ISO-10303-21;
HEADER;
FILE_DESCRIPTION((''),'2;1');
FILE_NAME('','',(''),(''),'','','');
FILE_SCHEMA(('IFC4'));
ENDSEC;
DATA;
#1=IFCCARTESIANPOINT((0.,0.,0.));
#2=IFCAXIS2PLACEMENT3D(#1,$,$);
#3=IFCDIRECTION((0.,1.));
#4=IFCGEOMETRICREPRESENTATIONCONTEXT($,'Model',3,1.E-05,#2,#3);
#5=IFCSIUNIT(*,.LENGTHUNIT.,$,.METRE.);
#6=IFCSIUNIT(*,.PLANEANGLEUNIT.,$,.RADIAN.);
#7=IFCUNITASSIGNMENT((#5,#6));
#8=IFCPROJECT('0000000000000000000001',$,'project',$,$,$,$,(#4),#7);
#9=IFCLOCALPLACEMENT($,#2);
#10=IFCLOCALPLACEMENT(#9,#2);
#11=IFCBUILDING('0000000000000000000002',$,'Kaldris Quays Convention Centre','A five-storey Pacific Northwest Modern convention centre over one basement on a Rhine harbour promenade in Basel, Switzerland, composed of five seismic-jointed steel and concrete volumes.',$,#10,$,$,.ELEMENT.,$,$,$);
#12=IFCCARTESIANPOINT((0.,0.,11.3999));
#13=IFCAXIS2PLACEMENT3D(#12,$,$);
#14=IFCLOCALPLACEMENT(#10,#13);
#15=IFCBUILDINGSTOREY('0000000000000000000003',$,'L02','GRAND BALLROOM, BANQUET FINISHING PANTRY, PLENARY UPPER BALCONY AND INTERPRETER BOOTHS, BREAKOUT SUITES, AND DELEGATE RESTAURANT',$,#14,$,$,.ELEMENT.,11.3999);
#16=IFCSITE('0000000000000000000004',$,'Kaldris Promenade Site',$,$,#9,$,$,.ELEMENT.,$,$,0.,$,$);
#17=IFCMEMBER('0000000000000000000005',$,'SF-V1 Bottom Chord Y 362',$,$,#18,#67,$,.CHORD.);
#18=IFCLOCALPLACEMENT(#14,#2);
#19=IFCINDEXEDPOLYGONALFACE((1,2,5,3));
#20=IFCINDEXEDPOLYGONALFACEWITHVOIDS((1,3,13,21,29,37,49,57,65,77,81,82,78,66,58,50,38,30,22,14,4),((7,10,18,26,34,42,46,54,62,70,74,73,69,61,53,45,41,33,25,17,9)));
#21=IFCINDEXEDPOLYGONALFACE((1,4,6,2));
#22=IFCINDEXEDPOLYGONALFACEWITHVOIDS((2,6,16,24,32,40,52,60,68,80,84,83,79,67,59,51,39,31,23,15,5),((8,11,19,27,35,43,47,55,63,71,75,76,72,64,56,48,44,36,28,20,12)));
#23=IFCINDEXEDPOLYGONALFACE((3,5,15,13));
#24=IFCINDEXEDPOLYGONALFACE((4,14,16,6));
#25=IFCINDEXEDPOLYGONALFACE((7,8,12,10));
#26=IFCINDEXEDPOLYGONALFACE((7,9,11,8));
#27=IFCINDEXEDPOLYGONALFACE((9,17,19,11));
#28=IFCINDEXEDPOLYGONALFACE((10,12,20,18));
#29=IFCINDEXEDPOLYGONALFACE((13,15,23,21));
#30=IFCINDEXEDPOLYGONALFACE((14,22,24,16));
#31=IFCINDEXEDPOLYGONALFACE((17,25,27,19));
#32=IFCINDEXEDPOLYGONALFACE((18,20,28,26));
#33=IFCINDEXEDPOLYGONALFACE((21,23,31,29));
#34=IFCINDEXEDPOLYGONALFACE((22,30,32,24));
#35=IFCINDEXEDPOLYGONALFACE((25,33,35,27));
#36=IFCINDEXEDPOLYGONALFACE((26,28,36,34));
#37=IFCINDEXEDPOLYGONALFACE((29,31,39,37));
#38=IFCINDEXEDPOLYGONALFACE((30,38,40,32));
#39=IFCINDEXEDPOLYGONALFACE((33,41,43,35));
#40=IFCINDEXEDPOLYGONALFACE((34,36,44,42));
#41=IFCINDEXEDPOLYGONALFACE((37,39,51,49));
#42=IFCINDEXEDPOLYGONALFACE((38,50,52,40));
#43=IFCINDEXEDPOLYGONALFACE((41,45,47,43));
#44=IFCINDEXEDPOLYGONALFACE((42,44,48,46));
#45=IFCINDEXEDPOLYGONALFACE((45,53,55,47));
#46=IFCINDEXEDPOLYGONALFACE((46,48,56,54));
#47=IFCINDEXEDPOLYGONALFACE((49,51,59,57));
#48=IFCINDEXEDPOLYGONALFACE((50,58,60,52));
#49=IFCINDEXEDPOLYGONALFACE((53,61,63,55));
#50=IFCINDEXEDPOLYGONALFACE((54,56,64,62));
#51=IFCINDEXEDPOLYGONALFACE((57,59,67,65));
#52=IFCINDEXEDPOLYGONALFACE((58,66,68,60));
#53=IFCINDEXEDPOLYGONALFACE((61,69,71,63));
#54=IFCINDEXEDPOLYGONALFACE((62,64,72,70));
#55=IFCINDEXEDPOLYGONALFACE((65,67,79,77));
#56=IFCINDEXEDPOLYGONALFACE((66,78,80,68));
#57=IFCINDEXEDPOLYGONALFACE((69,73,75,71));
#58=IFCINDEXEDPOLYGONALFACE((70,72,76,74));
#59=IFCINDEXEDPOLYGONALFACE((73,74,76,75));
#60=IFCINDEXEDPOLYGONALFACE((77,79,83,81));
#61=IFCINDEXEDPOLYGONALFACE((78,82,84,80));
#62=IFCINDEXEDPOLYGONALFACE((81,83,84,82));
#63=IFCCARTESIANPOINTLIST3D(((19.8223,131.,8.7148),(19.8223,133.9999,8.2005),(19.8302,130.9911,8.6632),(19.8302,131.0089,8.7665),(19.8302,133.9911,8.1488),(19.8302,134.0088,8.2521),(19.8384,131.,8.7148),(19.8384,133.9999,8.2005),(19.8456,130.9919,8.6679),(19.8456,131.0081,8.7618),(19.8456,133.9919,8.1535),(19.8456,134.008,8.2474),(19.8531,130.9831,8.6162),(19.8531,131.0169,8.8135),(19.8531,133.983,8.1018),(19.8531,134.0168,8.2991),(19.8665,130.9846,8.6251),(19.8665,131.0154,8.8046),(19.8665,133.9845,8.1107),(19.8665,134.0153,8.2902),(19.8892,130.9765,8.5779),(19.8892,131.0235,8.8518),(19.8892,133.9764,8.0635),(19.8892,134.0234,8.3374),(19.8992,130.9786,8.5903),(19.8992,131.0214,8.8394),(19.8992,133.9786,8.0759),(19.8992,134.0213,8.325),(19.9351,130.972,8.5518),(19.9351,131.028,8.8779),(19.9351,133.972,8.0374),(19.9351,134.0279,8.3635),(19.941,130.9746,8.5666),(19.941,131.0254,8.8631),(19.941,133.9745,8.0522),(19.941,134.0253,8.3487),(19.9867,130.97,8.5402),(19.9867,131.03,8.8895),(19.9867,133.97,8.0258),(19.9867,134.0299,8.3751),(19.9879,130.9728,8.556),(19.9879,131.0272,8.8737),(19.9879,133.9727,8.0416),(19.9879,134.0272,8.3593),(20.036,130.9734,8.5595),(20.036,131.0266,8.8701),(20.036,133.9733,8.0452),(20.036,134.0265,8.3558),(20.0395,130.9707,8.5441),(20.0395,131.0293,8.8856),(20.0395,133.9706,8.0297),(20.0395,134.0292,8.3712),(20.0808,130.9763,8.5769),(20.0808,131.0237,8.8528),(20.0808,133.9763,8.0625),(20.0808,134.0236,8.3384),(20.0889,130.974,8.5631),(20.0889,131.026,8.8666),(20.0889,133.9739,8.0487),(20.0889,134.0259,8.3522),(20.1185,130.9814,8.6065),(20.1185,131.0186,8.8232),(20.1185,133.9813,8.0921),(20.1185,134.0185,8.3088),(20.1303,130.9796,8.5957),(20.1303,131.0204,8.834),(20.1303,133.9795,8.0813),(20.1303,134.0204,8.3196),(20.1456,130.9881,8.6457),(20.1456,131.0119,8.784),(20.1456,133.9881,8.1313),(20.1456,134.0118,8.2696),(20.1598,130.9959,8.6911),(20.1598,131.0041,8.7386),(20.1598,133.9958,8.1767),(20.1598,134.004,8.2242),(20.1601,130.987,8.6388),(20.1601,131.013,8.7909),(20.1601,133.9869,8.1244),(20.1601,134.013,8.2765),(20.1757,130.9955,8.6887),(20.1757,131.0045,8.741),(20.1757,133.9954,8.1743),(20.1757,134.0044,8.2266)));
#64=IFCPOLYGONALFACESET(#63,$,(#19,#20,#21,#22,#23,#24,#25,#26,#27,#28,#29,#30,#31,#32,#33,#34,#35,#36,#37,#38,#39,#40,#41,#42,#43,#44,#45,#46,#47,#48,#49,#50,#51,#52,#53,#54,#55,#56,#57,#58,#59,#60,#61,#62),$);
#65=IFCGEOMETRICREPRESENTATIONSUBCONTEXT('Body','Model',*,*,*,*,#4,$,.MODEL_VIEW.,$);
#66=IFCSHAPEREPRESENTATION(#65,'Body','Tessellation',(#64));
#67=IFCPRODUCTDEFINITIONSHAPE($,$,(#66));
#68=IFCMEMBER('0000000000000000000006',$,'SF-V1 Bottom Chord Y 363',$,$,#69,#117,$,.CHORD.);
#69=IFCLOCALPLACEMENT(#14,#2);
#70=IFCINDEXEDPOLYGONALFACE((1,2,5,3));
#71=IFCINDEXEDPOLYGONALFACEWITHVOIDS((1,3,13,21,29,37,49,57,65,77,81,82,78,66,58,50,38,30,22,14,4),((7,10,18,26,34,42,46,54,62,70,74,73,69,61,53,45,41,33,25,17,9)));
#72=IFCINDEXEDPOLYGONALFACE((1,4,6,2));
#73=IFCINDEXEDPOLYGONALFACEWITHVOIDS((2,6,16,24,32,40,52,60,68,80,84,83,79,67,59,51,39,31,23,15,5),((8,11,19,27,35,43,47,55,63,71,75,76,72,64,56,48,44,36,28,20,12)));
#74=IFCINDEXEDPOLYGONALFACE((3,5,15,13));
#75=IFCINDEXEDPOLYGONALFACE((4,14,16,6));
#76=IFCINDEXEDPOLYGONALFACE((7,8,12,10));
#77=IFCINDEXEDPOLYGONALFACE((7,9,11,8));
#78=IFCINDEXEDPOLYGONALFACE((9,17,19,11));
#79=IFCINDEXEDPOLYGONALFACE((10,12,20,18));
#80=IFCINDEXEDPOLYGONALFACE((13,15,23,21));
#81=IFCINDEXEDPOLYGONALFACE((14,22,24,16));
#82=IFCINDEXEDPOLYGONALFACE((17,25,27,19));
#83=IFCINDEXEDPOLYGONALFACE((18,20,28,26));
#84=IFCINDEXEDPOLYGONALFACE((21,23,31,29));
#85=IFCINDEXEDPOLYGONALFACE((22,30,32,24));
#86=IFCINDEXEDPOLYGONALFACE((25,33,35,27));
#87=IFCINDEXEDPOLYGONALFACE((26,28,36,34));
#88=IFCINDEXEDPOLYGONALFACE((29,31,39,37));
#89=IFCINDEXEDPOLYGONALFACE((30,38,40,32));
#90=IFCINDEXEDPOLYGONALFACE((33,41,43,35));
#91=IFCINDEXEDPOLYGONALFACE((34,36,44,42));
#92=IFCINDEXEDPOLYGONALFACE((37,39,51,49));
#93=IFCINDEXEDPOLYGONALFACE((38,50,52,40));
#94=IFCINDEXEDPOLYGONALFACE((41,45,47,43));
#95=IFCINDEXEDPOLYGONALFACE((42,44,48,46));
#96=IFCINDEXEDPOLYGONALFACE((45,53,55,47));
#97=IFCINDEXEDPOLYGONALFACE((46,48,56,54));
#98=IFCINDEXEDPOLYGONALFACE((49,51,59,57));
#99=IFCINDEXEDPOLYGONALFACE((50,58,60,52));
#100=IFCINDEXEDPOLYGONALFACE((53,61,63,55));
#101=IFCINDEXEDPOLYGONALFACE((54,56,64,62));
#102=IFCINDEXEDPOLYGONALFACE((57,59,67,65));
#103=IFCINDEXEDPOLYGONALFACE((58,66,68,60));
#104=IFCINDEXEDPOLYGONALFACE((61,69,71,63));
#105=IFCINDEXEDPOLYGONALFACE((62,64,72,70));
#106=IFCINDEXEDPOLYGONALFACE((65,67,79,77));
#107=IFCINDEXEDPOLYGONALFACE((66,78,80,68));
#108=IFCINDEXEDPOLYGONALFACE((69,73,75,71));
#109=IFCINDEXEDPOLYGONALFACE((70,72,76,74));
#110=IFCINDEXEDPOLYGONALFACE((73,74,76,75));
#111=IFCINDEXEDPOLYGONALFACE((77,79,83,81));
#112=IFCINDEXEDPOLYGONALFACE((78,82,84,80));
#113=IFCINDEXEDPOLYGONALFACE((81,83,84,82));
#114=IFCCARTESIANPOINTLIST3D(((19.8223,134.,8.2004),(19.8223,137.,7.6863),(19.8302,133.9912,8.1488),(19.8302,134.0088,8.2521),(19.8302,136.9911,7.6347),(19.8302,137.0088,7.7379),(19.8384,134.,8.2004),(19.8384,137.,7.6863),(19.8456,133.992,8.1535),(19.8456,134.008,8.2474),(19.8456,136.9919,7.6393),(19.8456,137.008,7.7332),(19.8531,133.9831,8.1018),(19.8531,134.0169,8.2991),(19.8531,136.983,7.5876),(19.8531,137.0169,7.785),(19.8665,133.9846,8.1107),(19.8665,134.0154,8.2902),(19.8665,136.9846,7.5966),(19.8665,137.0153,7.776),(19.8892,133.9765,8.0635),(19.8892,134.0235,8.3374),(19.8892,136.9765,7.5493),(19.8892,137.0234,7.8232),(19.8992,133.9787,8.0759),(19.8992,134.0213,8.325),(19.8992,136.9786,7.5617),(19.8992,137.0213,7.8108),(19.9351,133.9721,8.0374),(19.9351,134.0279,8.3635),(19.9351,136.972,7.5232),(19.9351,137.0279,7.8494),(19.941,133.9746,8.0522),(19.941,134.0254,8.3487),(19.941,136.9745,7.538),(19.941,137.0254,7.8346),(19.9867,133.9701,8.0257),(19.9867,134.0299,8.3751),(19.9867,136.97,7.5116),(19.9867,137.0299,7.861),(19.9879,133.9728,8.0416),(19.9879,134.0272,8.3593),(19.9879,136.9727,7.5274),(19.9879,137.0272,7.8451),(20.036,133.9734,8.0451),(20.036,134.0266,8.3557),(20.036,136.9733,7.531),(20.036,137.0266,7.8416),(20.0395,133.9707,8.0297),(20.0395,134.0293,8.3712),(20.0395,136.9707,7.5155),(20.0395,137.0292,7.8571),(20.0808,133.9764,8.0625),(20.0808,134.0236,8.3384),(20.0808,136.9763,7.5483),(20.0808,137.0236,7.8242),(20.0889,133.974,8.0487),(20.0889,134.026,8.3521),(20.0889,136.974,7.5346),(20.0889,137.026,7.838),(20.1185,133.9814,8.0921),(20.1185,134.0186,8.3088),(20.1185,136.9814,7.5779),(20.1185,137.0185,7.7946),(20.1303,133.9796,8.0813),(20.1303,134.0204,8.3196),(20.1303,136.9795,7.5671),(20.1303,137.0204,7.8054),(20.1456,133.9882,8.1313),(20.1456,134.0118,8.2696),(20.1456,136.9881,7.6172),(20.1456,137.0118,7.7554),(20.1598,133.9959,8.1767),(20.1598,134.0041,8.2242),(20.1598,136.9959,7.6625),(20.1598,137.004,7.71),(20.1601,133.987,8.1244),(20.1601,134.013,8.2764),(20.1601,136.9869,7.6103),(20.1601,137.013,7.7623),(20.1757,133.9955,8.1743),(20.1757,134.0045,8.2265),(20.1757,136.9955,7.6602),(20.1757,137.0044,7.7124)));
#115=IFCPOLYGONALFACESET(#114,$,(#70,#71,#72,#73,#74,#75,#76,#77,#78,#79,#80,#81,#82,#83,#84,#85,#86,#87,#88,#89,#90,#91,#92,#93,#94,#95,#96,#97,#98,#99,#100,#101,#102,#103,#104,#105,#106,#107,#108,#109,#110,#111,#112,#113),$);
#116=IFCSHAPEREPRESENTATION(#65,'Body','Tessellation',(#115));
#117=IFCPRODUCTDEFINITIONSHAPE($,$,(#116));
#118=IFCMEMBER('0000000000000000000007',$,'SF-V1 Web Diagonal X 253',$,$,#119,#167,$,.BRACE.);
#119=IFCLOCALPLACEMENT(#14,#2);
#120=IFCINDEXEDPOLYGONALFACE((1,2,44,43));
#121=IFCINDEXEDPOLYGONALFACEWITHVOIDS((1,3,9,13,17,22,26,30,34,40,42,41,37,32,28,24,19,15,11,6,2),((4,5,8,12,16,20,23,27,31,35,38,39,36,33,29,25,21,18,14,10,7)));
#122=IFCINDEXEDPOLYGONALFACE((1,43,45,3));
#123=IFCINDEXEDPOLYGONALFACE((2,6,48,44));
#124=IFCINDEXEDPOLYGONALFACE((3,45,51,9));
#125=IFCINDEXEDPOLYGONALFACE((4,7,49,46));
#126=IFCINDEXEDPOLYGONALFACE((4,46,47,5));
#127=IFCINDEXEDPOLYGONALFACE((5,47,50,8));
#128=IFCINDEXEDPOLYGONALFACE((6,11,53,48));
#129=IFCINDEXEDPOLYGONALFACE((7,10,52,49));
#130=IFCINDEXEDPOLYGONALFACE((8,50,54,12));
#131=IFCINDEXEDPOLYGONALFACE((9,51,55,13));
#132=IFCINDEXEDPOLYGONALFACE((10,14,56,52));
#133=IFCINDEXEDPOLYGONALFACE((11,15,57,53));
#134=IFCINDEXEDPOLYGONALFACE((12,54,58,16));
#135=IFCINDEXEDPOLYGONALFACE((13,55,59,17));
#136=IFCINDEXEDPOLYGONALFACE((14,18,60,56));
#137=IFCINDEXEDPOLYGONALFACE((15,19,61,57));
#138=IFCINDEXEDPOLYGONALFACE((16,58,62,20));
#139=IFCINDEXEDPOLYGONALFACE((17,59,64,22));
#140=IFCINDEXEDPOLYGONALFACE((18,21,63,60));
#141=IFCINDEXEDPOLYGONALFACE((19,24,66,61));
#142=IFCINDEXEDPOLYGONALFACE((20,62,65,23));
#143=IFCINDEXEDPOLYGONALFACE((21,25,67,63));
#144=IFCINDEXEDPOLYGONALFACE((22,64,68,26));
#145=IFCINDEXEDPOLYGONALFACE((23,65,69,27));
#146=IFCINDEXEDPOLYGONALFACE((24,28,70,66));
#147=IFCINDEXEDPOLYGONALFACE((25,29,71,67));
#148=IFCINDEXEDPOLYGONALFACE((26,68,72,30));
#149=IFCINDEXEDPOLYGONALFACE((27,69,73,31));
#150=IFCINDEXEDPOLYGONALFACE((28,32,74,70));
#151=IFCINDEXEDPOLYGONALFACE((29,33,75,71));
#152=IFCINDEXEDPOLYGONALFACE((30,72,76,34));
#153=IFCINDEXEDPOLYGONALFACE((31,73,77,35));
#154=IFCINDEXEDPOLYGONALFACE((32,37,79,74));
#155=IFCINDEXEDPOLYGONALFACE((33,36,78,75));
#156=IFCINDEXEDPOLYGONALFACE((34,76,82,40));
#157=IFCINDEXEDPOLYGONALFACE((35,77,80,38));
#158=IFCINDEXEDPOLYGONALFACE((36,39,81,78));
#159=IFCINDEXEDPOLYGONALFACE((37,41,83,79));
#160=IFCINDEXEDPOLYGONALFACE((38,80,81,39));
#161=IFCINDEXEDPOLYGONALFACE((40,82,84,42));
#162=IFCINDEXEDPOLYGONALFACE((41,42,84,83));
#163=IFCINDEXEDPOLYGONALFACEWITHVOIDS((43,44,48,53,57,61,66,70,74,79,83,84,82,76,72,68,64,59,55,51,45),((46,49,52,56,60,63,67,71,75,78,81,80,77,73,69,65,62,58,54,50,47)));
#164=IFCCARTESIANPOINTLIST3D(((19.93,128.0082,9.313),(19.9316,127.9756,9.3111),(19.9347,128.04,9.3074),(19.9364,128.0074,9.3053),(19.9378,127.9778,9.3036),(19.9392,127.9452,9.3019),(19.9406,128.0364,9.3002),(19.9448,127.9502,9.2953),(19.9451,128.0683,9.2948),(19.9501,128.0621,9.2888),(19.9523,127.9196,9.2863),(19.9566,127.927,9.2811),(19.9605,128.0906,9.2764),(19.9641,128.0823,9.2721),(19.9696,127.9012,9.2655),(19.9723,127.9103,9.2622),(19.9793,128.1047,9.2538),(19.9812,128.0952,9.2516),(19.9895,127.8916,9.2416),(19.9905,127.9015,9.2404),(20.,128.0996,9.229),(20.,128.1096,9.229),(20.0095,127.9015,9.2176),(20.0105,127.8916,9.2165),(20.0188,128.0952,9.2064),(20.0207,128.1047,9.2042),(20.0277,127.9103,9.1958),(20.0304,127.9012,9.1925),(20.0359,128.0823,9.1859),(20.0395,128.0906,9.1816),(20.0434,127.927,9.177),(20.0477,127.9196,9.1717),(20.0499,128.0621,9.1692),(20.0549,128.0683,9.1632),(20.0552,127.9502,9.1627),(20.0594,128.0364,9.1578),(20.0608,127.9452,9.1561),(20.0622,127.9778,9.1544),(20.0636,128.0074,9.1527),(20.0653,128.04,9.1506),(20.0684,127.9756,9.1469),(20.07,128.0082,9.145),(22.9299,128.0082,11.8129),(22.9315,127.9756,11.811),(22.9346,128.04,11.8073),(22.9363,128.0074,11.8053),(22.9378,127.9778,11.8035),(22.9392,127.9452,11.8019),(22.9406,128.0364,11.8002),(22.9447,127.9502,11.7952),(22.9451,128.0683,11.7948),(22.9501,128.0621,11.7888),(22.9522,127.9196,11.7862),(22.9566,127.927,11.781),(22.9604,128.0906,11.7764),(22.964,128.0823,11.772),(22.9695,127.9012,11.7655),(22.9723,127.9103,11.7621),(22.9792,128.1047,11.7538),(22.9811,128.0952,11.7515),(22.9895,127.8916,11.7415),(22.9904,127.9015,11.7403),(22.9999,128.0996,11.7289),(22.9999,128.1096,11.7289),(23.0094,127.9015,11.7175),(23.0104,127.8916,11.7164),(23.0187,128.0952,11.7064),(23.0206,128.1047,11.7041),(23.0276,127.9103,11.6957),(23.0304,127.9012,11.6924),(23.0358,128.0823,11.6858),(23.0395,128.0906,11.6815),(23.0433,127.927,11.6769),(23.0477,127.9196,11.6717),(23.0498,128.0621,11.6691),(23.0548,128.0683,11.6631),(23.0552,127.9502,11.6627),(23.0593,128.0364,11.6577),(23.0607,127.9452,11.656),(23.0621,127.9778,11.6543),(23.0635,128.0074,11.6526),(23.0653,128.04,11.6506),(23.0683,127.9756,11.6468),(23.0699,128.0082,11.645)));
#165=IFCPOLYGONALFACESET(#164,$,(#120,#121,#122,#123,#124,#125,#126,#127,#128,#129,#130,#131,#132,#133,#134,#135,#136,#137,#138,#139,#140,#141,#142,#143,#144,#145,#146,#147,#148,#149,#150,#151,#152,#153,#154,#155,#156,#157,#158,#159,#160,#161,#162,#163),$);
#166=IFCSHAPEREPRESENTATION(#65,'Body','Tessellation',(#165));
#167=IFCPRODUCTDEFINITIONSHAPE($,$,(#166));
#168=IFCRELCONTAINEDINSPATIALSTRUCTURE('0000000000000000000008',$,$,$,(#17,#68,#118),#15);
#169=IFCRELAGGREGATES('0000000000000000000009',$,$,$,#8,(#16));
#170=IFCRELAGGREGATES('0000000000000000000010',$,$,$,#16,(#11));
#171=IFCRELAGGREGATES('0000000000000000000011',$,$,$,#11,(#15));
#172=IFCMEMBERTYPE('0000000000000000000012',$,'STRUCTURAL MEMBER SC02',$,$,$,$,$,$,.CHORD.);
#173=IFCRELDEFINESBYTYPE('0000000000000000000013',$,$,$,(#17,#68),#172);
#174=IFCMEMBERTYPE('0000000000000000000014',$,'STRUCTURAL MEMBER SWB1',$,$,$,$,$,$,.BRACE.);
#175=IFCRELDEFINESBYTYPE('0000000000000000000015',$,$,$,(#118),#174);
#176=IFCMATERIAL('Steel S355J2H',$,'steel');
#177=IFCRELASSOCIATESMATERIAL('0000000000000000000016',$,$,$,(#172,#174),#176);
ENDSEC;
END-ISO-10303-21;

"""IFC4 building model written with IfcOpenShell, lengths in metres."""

from ifc_helpers import new_model, si_unit, direction, frame, origin, origin_2d, place, context, subcontext, project, spatial, hollow_circle, extrude, material, material_profile, profile_set, type_object, element, save


model = new_model("IFC4")

# Units and contexts
model_context = context("Model", 3, precision=1e-05, world=origin(), true_north=direction((0.0, 1.0)))
body_context = subcontext(model_context, "Body", "Model", "MODEL_VIEW")
ifc_project = project(units=[si_unit("LENGTHUNIT", "METRE"), si_unit("PLANEANGLEUNIT", "RADIAN")], contexts=[model_context])

# Site, building, storey
site_placement = place(None, origin())
site = spatial("IfcSite", under=ifc_project, at=site_placement, Name="Kaldris Promenade Site", CompositionType="ELEMENT", RefElevation=0.0)
building_placement = place(site_placement, origin())
building = spatial("IfcBuilding", under=site, at=building_placement, Name="Kaldris Quays Convention Centre", Description="A five-storey Pacific Northwest Modern convention centre over one basement on a Rhine harbour promenade in Basel, Switzerland, composed of five seismic-jointed steel and concrete volumes.", CompositionType="ELEMENT")
storey_placement = place(building_placement, frame((0.0, 0.0, 11.3999)))
storey = spatial("IfcBuildingStorey", under=building, at=storey_placement, Name="L02", Description="GRAND BALLROOM, BANQUET FINISHING PANTRY, PLENARY UPPER BALCONY AND INTERPRETER BOOTHS, BREAKOUT SUITES, AND DELEGATE RESTAURANT", CompositionType="ELEMENT", Elevation=11.3999)

# Members
ifc_material_1 = material(Name="Steel S355J2H", Category="steel")
ifc_material_profile_1 = material_profile(ifc_material_1, hollow_circle(Radius=0.1777, WallThickness=0.0161, at=origin_2d()), Name="CHS 355.6x16")
ifc_profile_set_1 = profile_set([ifc_material_profile_1], Name="Steel S355J2H")
member_type_1 = type_object("IfcMemberType", Name="STRUCTURAL MEMBER SC02", PredefinedType="CHORD", material=ifc_profile_set_1)
for number, where, z_axis, x_axis, name in (
    (1, (20.0, 131.0, 8.7148), (0.0, 0.985616, -0.169002), (-1.0, 0.0, 0.0), "SF-V1 Bottom Chord Y 362"),
    (2, (20.0, 134.0, 8.2004), (0.0, 0.985629, -0.168924), (-1.0, 0.0, 0.0), "SF-V1 Bottom Chord Y 363"),
):
    element("IfcMember", number, at=place(storey_placement, frame(where, z_axis=z_axis, x_axis=x_axis)), inside=storey, type_object=member_type_1, Name=name, PredefinedType="CHORD", context=body_context, shape_type="SweptSolid", body=[
        extrude(hollow_circle(Radius=0.1777, WallThickness=0.0161, at=origin_2d()), origin(), (0.0, 0.0, 1.0), 3.0437),
    ])
ifc_material_profile_2 = material_profile(ifc_material_1, hollow_circle(Radius=0.1096, WallThickness=0.01, at=origin_2d()), Name="CHS 219.1x10")
ifc_profile_set_2 = profile_set([ifc_material_profile_2], Name="Steel S355J2H")
member_type_2 = type_object("IfcMemberType", Name="STRUCTURAL MEMBER SWB1", PredefinedType="BRACE", material=ifc_profile_set_2)
for number, where, z_axis, x_axis, name in (
    (3, (20.0, 128.0, 9.229), (0.768221, 0.0, 0.640184), (0.0, 1.0, 0.0), "SF-V1 Web Diagonal X 253"),
):
    element("IfcMember", number, at=place(storey_placement, frame(where, z_axis=z_axis, x_axis=x_axis)), inside=storey, type_object=member_type_2, Name=name, PredefinedType="BRACE", context=body_context, shape_type="SweptSolid", body=[
        extrude(hollow_circle(Radius=0.1096, WallThickness=0.01, at=origin_2d()), origin(), (0.0, 0.0, 1.0), 3.905),
    ])

save(model, "model.ifc")
